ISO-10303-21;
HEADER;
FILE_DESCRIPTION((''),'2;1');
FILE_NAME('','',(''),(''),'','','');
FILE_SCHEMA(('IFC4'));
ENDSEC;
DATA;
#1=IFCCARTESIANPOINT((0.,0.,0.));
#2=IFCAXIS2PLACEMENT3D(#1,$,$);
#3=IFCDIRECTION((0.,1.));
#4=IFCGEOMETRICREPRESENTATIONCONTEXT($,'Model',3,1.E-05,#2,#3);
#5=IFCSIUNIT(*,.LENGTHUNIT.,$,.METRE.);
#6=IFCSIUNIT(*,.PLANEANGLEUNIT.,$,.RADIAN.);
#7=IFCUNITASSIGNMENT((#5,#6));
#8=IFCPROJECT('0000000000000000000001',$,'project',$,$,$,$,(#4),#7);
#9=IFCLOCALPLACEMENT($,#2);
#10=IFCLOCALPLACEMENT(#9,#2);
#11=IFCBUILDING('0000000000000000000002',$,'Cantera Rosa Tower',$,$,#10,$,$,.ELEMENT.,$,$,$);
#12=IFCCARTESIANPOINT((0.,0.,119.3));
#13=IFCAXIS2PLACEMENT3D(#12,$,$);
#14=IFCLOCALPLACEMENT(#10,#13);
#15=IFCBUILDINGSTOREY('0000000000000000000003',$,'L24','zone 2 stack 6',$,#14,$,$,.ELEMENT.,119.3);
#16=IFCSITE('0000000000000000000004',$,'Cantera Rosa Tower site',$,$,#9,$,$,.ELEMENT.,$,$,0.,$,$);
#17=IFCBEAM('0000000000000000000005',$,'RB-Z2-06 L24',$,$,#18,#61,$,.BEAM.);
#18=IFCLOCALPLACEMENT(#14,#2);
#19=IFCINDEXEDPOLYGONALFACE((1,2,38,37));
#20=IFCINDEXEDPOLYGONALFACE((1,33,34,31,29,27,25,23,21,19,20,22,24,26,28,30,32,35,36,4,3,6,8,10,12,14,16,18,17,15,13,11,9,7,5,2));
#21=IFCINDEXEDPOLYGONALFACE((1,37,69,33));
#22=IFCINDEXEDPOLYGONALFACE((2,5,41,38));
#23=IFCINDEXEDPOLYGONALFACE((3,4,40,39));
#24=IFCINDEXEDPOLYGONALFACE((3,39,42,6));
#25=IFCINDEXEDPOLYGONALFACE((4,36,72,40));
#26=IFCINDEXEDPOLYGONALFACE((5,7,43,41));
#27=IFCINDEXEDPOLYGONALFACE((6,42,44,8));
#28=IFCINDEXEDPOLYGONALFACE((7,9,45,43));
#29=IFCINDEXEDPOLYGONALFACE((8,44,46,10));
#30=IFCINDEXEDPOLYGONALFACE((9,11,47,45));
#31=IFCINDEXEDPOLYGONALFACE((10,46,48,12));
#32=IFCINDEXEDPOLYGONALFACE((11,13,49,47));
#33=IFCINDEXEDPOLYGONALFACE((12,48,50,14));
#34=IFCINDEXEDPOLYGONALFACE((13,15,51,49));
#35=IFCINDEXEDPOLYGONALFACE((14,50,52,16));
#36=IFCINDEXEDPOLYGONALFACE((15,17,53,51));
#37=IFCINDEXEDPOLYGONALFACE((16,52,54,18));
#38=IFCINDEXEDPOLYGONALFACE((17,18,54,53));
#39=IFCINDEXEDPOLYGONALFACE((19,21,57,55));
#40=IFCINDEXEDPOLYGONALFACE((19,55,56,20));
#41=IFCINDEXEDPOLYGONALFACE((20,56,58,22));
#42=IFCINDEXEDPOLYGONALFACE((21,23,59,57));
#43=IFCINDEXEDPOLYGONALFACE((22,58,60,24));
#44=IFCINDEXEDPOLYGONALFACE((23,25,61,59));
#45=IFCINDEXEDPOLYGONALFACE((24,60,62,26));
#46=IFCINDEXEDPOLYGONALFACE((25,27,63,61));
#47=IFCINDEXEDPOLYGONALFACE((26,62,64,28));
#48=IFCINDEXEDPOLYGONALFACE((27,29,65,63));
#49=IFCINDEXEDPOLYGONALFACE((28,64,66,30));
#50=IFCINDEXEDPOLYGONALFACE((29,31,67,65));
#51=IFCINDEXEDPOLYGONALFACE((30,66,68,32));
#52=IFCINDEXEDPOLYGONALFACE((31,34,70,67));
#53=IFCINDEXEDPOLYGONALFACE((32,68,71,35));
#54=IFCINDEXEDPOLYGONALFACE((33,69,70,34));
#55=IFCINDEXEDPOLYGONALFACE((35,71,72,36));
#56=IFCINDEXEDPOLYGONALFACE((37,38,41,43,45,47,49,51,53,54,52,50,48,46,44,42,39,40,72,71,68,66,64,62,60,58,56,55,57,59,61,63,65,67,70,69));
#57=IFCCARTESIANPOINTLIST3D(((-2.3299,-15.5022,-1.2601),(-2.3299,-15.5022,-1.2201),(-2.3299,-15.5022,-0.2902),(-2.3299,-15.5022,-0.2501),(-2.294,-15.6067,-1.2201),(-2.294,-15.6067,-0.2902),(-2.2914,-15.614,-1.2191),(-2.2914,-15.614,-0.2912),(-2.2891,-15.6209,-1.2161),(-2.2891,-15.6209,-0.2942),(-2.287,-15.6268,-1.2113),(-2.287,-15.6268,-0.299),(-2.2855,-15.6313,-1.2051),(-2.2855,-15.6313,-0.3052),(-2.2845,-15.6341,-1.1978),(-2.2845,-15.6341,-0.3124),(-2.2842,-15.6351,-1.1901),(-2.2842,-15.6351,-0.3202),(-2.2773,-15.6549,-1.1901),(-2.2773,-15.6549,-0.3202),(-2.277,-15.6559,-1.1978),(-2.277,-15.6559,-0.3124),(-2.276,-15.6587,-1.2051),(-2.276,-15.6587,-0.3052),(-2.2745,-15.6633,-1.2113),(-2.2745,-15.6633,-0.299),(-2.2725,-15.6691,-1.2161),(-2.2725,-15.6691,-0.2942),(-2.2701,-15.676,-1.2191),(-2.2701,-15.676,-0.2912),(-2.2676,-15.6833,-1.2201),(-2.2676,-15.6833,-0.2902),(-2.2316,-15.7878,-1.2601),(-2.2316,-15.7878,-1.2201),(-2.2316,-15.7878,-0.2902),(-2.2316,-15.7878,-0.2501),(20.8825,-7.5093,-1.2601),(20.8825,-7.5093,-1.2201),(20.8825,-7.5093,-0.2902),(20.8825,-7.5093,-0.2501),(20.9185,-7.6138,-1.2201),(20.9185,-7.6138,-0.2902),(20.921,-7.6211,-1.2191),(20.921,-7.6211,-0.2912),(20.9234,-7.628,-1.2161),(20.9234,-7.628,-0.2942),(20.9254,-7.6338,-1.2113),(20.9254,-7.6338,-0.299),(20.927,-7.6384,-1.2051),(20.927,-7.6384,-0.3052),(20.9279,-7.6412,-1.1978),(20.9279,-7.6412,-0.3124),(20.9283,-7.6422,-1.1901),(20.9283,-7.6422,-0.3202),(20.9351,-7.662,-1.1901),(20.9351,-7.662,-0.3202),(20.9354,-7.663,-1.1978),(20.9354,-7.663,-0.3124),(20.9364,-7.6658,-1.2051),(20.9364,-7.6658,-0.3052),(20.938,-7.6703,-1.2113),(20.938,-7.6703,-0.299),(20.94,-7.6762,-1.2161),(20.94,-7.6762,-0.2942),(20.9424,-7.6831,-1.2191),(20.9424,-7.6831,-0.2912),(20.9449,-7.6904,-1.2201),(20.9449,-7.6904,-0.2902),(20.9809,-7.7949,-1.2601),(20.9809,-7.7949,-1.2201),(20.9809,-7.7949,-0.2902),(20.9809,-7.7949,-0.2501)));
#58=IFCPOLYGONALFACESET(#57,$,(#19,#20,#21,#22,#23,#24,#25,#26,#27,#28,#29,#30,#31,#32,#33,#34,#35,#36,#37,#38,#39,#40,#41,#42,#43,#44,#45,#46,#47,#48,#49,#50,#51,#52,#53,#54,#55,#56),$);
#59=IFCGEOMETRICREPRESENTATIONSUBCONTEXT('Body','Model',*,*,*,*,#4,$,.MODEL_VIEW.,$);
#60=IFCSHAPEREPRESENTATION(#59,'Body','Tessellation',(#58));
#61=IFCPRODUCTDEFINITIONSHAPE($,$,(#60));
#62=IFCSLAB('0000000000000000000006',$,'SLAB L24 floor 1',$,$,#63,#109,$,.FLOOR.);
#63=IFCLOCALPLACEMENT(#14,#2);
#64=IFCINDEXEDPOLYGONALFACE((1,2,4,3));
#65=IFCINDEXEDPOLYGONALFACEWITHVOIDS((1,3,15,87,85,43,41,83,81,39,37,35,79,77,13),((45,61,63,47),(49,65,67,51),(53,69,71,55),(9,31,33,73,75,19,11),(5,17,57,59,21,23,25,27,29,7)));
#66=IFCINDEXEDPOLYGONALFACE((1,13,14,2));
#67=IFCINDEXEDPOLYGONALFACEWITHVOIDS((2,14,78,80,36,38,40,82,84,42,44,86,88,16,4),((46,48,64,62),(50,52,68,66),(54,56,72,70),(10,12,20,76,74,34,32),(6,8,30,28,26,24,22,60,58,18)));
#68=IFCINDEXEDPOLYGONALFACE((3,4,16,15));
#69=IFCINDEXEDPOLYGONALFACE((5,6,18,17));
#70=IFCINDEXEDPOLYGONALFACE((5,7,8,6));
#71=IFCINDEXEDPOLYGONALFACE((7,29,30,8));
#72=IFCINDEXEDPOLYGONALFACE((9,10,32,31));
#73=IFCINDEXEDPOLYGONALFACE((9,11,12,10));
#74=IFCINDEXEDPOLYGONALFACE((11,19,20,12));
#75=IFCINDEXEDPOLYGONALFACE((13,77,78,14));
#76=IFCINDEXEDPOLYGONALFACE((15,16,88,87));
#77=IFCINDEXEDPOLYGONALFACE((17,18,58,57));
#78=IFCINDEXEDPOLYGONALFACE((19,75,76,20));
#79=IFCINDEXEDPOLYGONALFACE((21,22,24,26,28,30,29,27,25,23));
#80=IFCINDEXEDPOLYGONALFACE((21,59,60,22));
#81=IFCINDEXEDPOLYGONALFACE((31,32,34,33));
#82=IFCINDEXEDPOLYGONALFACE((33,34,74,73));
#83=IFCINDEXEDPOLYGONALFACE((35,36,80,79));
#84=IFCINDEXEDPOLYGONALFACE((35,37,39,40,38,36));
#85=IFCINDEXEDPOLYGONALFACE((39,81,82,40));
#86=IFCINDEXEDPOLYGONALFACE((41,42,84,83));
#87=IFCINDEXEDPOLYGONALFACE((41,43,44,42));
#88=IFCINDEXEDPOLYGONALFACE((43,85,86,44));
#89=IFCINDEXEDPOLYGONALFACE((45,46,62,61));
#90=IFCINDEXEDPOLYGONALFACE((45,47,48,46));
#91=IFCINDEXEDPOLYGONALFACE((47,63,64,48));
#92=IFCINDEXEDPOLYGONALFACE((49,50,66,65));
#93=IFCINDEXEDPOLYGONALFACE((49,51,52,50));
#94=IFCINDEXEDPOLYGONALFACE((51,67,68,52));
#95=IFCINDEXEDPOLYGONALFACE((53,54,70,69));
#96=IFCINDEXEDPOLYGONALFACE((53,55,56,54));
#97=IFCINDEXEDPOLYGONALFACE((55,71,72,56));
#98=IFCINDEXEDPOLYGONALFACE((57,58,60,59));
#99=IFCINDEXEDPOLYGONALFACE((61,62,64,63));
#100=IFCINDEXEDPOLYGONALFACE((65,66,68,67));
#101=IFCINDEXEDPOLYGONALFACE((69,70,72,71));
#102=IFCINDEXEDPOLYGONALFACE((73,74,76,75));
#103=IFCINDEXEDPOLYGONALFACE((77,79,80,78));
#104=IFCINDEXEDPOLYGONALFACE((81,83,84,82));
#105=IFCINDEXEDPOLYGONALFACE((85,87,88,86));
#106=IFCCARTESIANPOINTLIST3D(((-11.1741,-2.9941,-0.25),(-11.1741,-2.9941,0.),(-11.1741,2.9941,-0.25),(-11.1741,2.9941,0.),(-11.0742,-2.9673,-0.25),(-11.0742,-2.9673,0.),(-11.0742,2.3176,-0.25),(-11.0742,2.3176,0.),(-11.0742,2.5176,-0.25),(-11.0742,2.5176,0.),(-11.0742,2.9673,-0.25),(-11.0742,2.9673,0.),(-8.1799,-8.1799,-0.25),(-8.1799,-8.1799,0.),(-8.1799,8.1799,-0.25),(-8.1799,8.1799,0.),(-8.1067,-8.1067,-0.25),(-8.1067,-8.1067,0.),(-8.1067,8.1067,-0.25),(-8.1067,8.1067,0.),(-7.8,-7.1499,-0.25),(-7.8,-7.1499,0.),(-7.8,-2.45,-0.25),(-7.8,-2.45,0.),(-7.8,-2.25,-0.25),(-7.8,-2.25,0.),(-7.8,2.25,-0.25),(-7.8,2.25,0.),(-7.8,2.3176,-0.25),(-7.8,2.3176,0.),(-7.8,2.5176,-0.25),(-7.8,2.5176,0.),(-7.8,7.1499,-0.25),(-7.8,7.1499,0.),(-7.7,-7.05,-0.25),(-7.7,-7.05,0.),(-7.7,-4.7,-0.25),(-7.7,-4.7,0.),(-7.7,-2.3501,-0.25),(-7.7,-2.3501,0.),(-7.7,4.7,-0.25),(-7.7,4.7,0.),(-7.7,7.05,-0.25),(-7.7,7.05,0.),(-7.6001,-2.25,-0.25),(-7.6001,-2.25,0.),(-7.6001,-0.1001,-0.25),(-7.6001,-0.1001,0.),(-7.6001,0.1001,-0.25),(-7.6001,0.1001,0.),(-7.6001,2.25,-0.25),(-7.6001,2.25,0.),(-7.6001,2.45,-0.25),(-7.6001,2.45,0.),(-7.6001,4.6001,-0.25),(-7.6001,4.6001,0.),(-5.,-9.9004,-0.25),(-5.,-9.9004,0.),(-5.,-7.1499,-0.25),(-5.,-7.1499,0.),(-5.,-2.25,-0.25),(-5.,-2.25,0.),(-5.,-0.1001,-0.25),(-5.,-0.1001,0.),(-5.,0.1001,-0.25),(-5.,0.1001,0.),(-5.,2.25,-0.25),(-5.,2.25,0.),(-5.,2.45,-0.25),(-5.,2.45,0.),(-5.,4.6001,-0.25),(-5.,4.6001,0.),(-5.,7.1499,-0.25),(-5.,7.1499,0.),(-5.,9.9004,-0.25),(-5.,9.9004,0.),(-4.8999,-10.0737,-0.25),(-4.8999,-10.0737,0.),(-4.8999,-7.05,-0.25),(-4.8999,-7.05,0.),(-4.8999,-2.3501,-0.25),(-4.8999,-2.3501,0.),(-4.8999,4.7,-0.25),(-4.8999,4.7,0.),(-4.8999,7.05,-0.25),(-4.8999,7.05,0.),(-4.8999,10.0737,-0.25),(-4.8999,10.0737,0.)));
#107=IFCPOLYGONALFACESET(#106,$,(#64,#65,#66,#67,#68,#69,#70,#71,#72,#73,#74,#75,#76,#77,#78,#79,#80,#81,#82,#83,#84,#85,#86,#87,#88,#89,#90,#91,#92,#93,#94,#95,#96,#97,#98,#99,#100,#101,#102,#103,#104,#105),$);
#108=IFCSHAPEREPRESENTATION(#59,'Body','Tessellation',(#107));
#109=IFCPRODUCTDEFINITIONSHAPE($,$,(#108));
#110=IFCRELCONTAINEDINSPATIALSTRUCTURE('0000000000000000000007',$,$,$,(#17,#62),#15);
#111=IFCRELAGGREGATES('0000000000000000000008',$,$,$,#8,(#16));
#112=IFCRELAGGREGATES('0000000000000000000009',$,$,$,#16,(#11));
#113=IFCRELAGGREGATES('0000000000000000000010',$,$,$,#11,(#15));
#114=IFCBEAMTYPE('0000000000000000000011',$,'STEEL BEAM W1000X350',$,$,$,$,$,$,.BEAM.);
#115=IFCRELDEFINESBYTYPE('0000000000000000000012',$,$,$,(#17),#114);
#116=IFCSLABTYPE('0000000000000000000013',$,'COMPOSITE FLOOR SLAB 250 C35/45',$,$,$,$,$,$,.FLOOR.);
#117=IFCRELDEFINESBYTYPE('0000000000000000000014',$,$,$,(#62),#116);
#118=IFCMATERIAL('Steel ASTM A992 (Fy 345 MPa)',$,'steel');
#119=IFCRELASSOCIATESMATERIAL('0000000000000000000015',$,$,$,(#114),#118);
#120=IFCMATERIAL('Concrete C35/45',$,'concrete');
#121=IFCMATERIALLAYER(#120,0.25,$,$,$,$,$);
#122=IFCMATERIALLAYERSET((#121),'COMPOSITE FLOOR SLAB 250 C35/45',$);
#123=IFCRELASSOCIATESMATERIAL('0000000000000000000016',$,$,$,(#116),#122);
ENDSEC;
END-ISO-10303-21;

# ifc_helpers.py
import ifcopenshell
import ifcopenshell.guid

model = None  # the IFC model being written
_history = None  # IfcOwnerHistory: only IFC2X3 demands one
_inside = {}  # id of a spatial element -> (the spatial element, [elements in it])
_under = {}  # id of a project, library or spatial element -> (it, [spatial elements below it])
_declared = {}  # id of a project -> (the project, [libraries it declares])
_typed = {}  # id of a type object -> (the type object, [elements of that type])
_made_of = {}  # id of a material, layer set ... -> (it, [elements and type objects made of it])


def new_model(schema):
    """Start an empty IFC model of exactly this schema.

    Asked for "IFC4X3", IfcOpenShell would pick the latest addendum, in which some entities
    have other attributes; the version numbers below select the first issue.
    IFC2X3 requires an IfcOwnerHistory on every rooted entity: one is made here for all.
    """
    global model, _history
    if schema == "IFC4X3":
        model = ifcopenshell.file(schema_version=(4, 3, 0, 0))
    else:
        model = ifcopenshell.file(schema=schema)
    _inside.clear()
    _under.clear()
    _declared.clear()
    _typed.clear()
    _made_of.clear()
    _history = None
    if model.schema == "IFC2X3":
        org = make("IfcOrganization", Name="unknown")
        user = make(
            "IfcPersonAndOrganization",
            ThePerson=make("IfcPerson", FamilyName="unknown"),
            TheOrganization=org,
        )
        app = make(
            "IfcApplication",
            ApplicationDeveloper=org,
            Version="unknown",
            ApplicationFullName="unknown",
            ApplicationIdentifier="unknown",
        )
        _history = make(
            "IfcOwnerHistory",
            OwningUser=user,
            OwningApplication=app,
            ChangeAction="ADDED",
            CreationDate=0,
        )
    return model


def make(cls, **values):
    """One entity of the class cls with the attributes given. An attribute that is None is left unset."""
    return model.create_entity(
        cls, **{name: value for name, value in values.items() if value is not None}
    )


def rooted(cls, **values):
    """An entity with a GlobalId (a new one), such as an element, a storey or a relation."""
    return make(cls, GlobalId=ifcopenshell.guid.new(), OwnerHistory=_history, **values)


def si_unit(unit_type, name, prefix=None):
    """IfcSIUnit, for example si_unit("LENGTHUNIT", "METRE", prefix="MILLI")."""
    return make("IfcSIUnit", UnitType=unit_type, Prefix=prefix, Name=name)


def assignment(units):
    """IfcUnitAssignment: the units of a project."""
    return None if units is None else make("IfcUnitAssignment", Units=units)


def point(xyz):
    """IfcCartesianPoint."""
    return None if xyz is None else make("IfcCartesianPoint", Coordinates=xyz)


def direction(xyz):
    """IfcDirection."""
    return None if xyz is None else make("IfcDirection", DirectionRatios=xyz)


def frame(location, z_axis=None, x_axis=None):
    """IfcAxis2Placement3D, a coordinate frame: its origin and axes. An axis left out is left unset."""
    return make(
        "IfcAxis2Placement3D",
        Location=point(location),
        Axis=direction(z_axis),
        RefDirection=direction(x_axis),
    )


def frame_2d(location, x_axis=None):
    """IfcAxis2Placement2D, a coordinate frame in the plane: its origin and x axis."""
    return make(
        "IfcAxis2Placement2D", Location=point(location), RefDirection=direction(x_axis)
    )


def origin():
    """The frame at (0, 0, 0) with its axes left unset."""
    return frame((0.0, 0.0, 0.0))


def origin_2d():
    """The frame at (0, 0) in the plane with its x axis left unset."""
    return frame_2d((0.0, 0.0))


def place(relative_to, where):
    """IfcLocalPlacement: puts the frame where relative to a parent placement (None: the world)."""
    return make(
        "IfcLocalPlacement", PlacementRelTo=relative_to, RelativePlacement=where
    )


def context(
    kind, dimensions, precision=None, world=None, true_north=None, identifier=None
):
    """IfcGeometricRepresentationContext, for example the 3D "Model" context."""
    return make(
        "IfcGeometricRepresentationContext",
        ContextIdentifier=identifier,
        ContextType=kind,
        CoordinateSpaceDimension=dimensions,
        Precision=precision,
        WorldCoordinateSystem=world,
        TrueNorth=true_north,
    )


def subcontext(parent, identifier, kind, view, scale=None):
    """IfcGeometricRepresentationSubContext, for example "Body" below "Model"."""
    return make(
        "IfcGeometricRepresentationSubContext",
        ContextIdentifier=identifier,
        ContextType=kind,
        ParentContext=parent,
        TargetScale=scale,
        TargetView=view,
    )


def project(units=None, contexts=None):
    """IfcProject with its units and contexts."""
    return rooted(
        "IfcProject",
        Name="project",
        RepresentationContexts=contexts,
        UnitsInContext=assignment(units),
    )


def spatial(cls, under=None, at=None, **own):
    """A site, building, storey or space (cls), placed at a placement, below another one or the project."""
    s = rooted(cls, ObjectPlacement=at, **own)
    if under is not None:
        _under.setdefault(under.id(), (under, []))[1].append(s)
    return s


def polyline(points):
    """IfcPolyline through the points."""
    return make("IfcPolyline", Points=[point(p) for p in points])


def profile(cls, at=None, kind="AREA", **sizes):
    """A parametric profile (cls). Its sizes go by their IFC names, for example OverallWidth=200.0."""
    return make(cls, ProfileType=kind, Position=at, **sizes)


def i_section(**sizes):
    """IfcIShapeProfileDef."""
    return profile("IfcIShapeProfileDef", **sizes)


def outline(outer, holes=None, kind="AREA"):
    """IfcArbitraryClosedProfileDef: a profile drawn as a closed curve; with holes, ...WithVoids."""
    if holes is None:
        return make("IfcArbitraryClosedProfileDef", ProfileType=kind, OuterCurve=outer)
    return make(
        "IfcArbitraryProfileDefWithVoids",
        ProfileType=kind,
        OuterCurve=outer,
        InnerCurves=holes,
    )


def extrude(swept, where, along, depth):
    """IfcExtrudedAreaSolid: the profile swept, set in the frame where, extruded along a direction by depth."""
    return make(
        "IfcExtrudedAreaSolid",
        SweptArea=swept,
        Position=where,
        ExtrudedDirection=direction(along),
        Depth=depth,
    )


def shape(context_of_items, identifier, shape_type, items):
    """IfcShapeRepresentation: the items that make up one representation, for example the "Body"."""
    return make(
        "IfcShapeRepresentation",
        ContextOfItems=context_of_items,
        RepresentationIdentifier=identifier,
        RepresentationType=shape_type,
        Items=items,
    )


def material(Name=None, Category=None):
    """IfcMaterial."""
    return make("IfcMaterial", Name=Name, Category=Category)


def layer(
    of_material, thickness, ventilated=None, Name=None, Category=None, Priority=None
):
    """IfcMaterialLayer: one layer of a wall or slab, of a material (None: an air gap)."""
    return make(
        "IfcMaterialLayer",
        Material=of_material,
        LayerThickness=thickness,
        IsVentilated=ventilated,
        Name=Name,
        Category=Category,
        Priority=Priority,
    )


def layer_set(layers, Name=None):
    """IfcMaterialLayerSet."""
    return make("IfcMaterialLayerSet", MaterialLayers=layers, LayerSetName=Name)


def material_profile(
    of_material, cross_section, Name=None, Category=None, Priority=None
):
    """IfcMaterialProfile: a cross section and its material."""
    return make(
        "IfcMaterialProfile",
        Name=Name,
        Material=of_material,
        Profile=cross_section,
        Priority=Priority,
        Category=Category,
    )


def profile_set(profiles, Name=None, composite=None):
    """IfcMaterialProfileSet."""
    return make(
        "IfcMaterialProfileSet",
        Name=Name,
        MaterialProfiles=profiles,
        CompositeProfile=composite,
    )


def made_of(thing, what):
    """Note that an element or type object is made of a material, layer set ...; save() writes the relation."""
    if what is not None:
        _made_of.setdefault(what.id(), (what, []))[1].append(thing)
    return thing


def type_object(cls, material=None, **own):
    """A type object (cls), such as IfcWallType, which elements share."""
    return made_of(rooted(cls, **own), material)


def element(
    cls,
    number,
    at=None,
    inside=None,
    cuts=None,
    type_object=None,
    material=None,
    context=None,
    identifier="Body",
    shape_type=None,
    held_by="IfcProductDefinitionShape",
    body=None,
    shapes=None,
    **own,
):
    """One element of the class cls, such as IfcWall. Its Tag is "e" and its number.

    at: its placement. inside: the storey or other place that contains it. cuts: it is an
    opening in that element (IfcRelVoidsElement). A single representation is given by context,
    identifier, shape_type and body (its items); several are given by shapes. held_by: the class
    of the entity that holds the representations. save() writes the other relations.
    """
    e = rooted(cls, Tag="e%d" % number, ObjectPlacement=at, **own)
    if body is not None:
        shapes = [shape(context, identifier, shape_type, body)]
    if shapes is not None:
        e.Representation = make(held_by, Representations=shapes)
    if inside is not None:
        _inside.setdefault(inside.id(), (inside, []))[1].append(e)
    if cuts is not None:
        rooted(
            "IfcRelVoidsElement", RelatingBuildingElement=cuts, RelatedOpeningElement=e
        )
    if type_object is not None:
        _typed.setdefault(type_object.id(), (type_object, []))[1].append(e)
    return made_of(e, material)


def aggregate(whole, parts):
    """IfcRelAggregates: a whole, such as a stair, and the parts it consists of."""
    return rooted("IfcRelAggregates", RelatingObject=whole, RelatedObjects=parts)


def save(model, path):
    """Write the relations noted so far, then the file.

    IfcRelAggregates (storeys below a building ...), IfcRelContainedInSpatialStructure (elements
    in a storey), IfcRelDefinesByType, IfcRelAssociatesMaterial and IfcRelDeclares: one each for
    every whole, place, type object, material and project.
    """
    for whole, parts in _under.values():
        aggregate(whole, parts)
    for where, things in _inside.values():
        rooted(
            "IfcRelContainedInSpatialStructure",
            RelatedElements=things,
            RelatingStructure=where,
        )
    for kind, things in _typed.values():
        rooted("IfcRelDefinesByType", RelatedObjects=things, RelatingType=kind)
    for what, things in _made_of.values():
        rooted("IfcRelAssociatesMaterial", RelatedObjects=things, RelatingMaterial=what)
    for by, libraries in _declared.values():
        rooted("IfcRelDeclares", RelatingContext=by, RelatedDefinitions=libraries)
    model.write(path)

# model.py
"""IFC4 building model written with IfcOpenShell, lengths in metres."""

from ifc_helpers import new_model, si_unit, direction, frame, origin, origin_2d, place, context, subcontext, project, spatial, polyline, i_section, outline, extrude, material, layer, layer_set, material_profile, profile_set, type_object, element, save


model = new_model("IFC4")

# Units and contexts
model_context = context("Model", 3, precision=1e-05, world=origin(), true_north=direction((0.0, 1.0)))
body_context = subcontext(model_context, "Body", "Model", "MODEL_VIEW")
ifc_project = project(units=[si_unit("LENGTHUNIT", "METRE"), si_unit("PLANEANGLEUNIT", "RADIAN")], contexts=[model_context])

# Site, building, storey
site_placement = place(None, origin())
site = spatial("IfcSite", under=ifc_project, at=site_placement, Name="Cantera Rosa Tower site", CompositionType="ELEMENT", RefElevation=0.0)
building_placement = place(site_placement, origin())
building = spatial("IfcBuilding", under=site, at=building_placement, Name="Cantera Rosa Tower", CompositionType="ELEMENT")
storey_placement = place(building_placement, frame((0.0, 0.0, 119.3)))
storey = spatial("IfcBuildingStorey", under=building, at=storey_placement, Name="L24", Description="zone 2 stack 6", CompositionType="ELEMENT", Elevation=119.3)

# Beam
ifc_material_1 = material(Name="Steel ASTM A992 (Fy 345 MPa)", Category="steel")
ifc_material_profile = material_profile(ifc_material_1, i_section(OverallWidth=0.302, OverallDepth=1.01, WebThickness=0.021, FlangeThickness=0.04, FilletRadius=0.03, at=origin_2d()), Name="W1000X350")
ifc_profile_set = profile_set([ifc_material_profile], Name="Steel ASTM A992 (Fy 345 MPa)")
beam_type = type_object("IfcBeamType", Name="STEEL BEAM W1000X350", PredefinedType="BEAM", material=ifc_profile_set)
beam_placement = place(storey_placement, frame((-2.2808, -15.645, -0.7551), z_axis=(0.945515, 0.325577, 0.0), x_axis=(-0.325577, 0.945515, 0.0)))
element("IfcBeam", 1, at=beam_placement, inside=storey, type_object=beam_type, Name="RB-Z2-06 L24", PredefinedType="BEAM", context=body_context, shape_type="SweptSolid", body=[
    extrude(i_section(OverallWidth=0.302, OverallDepth=1.01, WebThickness=0.021, FlangeThickness=0.04, FilletRadius=0.03, at=origin_2d()), origin(), (0.0, 0.0, 1.0), 24.55),
])

# Slab
ifc_material_2 = material(Name="Concrete C35/45", Category="concrete")
ifc_layer_1 = layer(ifc_material_2, 0.25)
ifc_layer_set_1 = layer_set([ifc_layer_1], Name="COMPOSITE FLOOR SLAB 250 C35/45")
slab_type_1 = type_object("IfcSlabType", Name="COMPOSITE FLOOR SLAB 250 C35/45", PredefinedType="FLOOR", material=ifc_layer_set_1)
slab_1_placement = place(storey_placement, frame((0.0, 0.0, -0.25)))
element("IfcSlab", 2, at=slab_1_placement, inside=storey, type_object=slab_type_1, Name="SLAB L24 floor 1", PredefinedType="FLOOR", context=body_context, shape_type="SweptSolid", body=[
    extrude(outline(polyline([(-7.7, -4.7), (-7.7, -7.05), (-4.8999, -7.05), (-4.8999, -10.0737), (-8.1799, -8.1799), (-11.1741, -2.9941), (-11.1741, 2.9941), (-8.1799, 8.1799), (-4.8999, 10.0737), (-4.8999, 7.05), (-7.7, 7.05), (-7.7, 4.7), (-4.8999, 4.7), (-4.8999, -2.3501), (-7.7, -2.3501), (-7.7, -4.7)]), holes=[polyline([(-5.0, -9.9004), (-5.0, -7.1499), (-7.8, -7.1499), (-7.8, -2.45), (-7.8, -2.25), (-7.8, 2.25), (-7.8, 2.3176), (-11.0742, 2.3176), (-11.0742, -2.9673), (-8.1067, -8.1067), (-5.0, -9.9004)]), polyline([(-7.6001, -0.1001), (-7.6001, -2.25), (-5.0, -2.25), (-5.0, -0.1001), (-7.6001, -0.1001)]), polyline([(-7.6001, 0.1001), (-5.0, 0.1001), (-5.0, 2.25), (-7.6001, 2.25), (-7.6001, 0.1001)]), polyline([(-7.6001, 2.45), (-5.0, 2.45), (-5.0, 4.6001), (-7.6001, 4.6001), (-7.6001, 2.45)]), polyline([(-11.0742, 2.5176), (-7.8, 2.5176), (-7.8, 7.1499), (-5.0, 7.1499), (-5.0, 9.9004), (-8.1067, 8.1067), (-11.0742, 2.9673), (-11.0742, 2.5176)])]), origin(), (0.0, 0.0, 1.0), 0.25),
])

save(model, "model.ifc")
